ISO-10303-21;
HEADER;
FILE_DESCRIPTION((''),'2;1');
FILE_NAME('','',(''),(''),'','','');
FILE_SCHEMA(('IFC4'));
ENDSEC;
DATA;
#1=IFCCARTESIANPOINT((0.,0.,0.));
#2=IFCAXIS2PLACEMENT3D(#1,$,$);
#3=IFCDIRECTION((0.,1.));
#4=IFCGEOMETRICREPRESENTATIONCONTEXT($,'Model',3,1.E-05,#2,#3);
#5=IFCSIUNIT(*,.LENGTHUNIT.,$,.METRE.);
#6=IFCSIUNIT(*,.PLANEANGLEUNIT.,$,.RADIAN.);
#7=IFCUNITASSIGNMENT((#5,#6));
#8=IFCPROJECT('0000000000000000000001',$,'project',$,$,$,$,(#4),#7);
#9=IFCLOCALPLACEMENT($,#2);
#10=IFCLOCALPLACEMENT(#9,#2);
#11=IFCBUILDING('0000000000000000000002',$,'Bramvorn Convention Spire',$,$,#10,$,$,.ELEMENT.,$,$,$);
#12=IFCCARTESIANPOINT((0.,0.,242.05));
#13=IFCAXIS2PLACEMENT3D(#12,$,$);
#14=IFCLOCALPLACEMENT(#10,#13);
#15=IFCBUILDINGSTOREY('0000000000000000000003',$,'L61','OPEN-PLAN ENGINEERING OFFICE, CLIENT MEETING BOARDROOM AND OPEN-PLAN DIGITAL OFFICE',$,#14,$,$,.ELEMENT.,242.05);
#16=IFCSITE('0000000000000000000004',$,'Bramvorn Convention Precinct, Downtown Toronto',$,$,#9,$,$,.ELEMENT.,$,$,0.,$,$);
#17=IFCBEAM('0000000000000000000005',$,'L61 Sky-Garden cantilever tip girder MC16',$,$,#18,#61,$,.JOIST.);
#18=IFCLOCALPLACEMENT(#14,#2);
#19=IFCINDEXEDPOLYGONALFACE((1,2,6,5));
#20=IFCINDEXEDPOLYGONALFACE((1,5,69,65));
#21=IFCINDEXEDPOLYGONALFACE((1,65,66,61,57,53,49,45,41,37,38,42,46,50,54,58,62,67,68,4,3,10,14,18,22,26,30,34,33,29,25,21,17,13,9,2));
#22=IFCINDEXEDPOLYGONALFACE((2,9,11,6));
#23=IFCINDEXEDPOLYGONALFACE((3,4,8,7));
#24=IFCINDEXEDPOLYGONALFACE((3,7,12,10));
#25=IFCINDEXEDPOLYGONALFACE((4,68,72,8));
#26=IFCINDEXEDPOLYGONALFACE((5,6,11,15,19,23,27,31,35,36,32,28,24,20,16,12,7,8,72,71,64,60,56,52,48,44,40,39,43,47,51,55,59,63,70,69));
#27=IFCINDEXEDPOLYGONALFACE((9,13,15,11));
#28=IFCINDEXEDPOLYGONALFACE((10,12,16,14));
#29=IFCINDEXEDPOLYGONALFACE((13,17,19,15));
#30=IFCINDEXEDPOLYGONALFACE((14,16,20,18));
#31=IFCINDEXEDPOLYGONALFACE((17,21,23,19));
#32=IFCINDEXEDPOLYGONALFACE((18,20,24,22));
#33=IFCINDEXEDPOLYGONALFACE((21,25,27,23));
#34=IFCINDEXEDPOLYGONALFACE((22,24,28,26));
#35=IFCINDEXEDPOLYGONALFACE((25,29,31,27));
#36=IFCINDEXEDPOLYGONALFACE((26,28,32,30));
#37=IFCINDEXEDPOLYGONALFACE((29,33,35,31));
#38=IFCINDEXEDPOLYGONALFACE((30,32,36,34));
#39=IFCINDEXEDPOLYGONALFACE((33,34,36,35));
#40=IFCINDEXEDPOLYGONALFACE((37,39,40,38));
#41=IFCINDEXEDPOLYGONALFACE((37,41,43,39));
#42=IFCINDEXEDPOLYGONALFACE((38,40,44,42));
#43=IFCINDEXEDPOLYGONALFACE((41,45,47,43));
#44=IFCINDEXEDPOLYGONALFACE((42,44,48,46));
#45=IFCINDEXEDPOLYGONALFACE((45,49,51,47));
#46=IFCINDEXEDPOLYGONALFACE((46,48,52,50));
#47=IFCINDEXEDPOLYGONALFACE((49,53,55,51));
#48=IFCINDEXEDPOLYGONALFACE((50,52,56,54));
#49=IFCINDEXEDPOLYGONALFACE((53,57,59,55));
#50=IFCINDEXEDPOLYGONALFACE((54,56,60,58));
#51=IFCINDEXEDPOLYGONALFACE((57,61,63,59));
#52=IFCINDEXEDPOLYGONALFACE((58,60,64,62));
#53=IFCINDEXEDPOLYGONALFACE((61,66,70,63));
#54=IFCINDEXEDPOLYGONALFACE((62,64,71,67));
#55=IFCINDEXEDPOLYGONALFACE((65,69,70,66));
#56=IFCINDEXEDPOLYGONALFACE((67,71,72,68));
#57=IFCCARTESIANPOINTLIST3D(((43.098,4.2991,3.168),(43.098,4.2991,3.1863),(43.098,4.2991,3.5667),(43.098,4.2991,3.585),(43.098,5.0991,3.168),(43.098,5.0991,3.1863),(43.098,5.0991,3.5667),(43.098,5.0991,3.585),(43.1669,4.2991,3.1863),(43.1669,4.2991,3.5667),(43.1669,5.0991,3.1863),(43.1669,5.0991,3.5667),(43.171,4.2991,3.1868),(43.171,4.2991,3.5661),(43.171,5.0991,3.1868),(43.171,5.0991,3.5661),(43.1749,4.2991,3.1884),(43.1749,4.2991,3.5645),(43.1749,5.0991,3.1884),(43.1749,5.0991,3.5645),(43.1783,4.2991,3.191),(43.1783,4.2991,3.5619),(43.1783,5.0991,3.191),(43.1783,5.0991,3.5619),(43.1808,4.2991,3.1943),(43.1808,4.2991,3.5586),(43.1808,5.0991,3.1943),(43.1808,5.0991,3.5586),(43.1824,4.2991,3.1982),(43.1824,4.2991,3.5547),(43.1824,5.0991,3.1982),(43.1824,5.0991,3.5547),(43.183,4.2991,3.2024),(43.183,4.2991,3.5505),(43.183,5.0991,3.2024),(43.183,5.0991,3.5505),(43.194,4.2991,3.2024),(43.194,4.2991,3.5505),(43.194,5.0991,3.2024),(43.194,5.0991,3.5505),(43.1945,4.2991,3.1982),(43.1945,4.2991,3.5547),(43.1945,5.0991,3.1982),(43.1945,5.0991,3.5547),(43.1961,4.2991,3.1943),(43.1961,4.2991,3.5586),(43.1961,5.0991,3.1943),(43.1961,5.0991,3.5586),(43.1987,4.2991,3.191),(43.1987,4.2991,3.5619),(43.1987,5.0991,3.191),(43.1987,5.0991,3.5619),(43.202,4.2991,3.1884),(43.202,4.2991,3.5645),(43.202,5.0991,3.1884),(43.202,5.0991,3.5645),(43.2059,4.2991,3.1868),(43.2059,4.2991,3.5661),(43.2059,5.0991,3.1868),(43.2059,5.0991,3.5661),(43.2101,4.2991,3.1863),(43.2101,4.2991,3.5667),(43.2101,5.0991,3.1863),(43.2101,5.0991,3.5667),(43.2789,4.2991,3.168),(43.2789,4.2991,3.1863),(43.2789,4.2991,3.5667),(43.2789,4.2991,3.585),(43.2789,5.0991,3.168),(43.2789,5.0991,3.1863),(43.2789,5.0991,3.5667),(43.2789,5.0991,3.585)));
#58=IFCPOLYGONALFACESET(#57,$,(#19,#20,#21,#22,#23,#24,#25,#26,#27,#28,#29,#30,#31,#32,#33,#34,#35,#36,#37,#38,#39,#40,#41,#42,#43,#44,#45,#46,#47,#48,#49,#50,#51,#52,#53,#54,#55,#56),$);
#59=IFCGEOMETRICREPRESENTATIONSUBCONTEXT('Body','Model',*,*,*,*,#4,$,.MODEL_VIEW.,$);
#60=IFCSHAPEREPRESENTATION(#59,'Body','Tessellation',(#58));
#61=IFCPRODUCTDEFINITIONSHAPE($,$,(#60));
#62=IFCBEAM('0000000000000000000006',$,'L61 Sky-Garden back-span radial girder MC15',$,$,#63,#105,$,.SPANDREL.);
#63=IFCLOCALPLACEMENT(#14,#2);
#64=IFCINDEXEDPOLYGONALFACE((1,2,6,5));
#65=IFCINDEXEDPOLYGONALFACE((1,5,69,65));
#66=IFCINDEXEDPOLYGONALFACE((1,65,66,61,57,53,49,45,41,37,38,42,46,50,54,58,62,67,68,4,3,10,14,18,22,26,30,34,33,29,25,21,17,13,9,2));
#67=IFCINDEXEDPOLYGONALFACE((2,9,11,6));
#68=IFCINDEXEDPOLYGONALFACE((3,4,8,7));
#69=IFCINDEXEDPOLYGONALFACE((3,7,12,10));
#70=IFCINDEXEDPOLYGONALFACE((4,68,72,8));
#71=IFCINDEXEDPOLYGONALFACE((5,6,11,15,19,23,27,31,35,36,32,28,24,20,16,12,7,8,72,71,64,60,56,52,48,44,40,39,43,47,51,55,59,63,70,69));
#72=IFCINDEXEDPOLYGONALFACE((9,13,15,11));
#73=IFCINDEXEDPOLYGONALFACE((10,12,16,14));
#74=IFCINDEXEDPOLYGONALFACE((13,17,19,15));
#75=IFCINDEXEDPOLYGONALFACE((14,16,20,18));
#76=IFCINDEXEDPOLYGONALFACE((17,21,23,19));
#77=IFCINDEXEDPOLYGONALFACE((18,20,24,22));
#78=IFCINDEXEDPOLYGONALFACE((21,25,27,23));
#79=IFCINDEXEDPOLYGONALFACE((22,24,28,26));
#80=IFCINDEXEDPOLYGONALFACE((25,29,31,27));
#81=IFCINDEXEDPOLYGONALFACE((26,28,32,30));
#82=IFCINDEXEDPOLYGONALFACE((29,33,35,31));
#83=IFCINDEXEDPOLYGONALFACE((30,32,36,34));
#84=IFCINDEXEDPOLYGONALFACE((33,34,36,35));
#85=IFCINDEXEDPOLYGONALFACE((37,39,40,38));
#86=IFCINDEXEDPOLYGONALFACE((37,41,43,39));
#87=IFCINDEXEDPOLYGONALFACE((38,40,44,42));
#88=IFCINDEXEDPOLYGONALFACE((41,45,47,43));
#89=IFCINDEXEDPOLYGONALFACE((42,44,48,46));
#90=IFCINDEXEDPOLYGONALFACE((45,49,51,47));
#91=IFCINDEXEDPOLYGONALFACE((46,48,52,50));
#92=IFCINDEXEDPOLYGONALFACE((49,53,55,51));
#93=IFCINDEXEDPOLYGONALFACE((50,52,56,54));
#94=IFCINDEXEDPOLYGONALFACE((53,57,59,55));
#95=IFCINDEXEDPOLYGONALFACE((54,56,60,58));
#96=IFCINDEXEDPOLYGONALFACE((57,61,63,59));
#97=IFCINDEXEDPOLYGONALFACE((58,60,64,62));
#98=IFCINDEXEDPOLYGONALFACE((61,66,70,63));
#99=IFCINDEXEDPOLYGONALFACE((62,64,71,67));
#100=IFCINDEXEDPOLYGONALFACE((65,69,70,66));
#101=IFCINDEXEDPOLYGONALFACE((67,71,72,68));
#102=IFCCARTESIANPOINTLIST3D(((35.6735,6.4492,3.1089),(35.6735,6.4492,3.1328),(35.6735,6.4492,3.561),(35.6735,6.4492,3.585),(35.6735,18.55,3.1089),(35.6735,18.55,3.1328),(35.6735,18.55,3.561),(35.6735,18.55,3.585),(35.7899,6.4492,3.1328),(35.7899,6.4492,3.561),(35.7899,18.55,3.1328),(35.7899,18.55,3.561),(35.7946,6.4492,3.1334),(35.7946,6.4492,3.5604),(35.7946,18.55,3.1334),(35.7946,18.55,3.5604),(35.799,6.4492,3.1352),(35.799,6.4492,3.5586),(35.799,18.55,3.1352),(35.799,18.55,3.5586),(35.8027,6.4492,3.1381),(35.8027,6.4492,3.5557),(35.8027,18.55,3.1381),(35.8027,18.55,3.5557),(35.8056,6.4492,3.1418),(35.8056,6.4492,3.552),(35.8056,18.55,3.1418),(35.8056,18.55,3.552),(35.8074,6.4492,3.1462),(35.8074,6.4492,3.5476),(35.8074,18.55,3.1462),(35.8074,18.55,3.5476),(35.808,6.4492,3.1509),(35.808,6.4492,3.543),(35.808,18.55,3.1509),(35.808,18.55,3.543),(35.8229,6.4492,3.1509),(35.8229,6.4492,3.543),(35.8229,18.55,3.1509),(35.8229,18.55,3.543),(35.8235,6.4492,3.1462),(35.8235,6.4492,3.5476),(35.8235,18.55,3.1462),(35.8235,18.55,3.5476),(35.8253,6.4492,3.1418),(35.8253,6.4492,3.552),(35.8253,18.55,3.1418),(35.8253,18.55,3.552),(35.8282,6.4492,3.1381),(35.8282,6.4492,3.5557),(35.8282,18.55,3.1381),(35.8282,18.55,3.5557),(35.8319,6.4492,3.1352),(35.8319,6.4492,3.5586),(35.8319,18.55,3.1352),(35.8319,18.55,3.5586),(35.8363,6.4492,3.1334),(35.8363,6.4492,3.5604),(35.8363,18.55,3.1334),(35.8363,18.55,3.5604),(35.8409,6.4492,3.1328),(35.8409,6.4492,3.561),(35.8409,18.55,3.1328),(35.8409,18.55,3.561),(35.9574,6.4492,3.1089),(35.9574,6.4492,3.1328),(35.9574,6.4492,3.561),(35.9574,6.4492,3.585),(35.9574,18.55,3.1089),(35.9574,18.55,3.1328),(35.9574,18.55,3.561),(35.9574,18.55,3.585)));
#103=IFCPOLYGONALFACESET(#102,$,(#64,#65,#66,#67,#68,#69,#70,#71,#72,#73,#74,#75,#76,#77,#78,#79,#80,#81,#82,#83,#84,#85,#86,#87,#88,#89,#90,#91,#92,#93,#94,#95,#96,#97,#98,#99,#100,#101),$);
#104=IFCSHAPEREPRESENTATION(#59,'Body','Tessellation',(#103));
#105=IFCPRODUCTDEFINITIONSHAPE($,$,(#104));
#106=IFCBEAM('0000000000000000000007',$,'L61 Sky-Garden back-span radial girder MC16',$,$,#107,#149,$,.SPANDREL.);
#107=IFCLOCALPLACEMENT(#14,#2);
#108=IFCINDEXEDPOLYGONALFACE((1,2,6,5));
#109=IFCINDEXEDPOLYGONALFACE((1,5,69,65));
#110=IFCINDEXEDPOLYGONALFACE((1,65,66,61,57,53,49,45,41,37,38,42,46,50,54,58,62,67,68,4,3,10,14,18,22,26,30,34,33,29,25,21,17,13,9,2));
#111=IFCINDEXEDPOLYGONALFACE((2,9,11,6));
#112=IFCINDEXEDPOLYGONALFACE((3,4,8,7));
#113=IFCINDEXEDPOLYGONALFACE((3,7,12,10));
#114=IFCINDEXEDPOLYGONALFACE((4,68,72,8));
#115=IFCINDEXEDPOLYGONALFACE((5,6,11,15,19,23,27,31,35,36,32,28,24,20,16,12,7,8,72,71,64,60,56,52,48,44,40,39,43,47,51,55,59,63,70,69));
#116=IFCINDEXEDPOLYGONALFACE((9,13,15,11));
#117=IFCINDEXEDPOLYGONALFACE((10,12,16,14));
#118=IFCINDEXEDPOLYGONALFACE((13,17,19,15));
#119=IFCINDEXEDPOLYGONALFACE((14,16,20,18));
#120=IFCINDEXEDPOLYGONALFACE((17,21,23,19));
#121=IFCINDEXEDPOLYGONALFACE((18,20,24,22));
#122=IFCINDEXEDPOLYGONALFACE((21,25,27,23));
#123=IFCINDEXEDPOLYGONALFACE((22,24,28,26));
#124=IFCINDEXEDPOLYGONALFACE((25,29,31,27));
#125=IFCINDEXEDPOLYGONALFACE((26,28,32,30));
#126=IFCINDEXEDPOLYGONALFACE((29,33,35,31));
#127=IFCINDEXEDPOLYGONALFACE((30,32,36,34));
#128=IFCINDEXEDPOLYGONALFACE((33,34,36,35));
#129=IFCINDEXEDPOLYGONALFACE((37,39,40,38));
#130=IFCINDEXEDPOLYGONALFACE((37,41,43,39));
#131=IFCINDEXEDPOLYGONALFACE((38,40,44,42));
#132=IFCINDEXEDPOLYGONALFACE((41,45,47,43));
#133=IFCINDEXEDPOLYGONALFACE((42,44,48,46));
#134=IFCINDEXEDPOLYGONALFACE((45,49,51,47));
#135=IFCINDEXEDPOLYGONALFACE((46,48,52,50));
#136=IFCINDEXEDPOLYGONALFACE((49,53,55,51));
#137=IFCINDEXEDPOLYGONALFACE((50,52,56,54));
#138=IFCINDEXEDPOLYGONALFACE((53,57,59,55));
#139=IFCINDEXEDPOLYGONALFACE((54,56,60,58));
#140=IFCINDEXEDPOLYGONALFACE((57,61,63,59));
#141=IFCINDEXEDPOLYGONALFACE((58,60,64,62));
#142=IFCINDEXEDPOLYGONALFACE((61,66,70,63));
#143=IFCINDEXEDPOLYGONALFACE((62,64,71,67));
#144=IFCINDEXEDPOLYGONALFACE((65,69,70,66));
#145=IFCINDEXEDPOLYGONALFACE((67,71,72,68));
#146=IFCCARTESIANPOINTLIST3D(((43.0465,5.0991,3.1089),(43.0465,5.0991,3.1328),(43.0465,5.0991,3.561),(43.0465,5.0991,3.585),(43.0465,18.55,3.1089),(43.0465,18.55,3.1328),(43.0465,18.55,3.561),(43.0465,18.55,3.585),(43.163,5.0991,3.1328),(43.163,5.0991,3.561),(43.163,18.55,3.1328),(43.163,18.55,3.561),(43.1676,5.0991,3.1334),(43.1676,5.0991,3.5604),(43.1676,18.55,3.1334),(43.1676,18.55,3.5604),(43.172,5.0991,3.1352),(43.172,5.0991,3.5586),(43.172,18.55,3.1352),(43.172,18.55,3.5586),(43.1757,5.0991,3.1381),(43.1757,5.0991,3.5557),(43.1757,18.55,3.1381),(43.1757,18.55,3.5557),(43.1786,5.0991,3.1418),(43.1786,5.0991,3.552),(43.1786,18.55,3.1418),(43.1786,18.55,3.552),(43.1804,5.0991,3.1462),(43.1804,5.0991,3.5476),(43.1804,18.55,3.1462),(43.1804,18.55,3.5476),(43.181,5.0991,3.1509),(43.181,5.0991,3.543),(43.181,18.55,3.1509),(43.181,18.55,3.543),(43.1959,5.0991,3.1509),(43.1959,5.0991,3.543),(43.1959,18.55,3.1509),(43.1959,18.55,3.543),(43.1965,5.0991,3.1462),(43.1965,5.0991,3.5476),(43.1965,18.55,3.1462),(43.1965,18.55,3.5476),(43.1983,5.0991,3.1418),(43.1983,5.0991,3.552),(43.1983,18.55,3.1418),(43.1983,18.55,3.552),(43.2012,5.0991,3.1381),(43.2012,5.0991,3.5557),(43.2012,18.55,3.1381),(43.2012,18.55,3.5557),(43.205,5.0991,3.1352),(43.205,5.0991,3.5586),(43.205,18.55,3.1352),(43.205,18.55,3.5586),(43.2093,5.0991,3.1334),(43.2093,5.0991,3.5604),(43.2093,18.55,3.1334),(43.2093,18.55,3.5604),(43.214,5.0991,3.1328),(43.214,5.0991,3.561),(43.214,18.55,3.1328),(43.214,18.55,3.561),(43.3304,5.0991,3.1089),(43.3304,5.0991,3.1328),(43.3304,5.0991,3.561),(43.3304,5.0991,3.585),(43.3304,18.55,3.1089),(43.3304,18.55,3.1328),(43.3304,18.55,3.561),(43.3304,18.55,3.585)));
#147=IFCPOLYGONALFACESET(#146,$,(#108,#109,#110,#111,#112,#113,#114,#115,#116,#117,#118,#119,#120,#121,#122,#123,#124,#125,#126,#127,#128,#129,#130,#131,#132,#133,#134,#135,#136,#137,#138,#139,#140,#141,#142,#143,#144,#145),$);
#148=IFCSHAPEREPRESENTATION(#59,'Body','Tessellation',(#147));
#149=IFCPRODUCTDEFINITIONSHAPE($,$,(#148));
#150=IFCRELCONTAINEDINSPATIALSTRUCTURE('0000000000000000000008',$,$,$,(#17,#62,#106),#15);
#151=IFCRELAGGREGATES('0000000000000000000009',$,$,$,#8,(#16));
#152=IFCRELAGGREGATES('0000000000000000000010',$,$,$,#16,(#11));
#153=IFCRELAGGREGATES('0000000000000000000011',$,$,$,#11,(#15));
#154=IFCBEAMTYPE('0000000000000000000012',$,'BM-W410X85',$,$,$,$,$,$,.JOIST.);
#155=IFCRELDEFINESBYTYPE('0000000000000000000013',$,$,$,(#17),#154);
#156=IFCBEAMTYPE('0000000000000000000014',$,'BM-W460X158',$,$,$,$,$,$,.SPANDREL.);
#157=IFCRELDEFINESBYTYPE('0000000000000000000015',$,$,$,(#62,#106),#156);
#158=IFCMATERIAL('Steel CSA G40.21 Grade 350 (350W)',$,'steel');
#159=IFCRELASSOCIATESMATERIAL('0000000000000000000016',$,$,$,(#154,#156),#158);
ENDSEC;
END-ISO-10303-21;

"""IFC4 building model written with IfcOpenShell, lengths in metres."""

from ifc_helpers import new_model, si_unit, direction, frame, origin, origin_2d, place, context, subcontext, project, spatial, i_section, extrude, material, material_profile, profile_set, type_object, element, save


model = new_model("IFC4")

# Units and contexts
model_context = context("Model", 3, precision=1e-05, world=origin(), true_north=direction((0.0, 1.0)))
body_context = subcontext(model_context, "Body", "Model", "MODEL_VIEW")
ifc_project = project(units=[si_unit("LENGTHUNIT", "METRE"), si_unit("PLANEANGLEUNIT", "RADIAN")], contexts=[model_context])

# Site, building, storey
site_placement = place(None, origin())
site = spatial("IfcSite", under=ifc_project, at=site_placement, Name="Bramvorn Convention Precinct, Downtown Toronto", CompositionType="ELEMENT", RefElevation=0.0)
building_placement = place(site_placement, origin())
building = spatial("IfcBuilding", under=site, at=building_placement, Name="Bramvorn Convention Spire", CompositionType="ELEMENT")
storey_placement = place(building_placement, frame((0.0, 0.0, 242.05)))
storey = spatial("IfcBuildingStorey", under=building, at=storey_placement, Name="L61", Description="OPEN-PLAN ENGINEERING OFFICE, CLIENT MEETING BOARDROOM AND OPEN-PLAN DIGITAL OFFICE", CompositionType="ELEMENT", Elevation=242.05)

# Shared definitions
ifc_material_1 = material(Name="Steel CSA G40.21 Grade 350 (350W)", Category="steel")

# Beams
ifc_material_profile_1 = material_profile(ifc_material_1, i_section(OverallWidth=0.1809, OverallDepth=0.417, WebThickness=0.011, FlangeThickness=0.0183, FilletRadius=0.0161, at=origin_2d()))
ifc_profile_set_1 = profile_set([ifc_material_profile_1], Name="Steel CSA G40.21 Grade 350 (350W) - W410X85")
beam_type_1 = type_object("IfcBeamType", Name="BM-W410X85", PredefinedType="JOIST", material=ifc_profile_set_1)
beam_1_placement = place(storey_placement, frame((43.1885, 5.0991, 3.3765), z_axis=(0.0, -1.0, 0.0), x_axis=(1.0, 0.0, 0.0)))
element("IfcBeam", 1, at=beam_1_placement, inside=storey, type_object=beam_type_1, Name="L61 Sky-Garden cantilever tip girder MC16", PredefinedType="JOIST", context=body_context, shape_type="SweptSolid", body=[
    extrude(i_section(OverallWidth=0.1809, OverallDepth=0.417, WebThickness=0.011, FlangeThickness=0.0183, FilletRadius=0.0161, at=origin_2d()), origin(), (0.0, 0.0, 1.0), 0.8),
])
ifc_material_profile_2 = material_profile(ifc_material_1, i_section(OverallWidth=0.2839, OverallDepth=0.4761, WebThickness=0.0149, FlangeThickness=0.0239, FilletRadius=0.0181, at=origin_2d()))
ifc_profile_set_2 = profile_set([ifc_material_profile_2], Name="Steel CSA G40.21 Grade 350 (350W) - W460X158")
beam_type_2 = type_object("IfcBeamType", Name="BM-W460X158", PredefinedType="SPANDREL", material=ifc_profile_set_2)
beam_2_placement = place(storey_placement, frame((35.8154, 18.55, 3.3469), z_axis=(0.0, -1.0, 0.0), x_axis=(1.0, 0.0, 0.0)))
element("IfcBeam", 2, at=beam_2_placement, inside=storey, type_object=beam_type_2, Name="L61 Sky-Garden back-span radial girder MC15", PredefinedType="SPANDREL", context=body_context, shape_type="SweptSolid", body=[
    extrude(i_section(OverallWidth=0.2839, OverallDepth=0.4761, WebThickness=0.0149, FlangeThickness=0.0239, FilletRadius=0.0181, at=origin_2d()), origin(), (0.0, 0.0, 1.0), 12.1008),
])
beam_3_placement = place(storey_placement, frame((43.1885, 18.55, 3.3469), z_axis=(0.0, -1.0, 0.0), x_axis=(1.0, 0.0, 0.0)))
element("IfcBeam", 3, at=beam_3_placement, inside=storey, type_object=beam_type_2, Name="L61 Sky-Garden back-span radial girder MC16", PredefinedType="SPANDREL", context=body_context, shape_type="SweptSolid", body=[
    extrude(i_section(OverallWidth=0.2839, OverallDepth=0.4761, WebThickness=0.0149, FlangeThickness=0.0239, FilletRadius=0.0181, at=origin_2d()), origin(), (0.0, 0.0, 1.0), 13.4509),
])

save(model, "model.ifc")
